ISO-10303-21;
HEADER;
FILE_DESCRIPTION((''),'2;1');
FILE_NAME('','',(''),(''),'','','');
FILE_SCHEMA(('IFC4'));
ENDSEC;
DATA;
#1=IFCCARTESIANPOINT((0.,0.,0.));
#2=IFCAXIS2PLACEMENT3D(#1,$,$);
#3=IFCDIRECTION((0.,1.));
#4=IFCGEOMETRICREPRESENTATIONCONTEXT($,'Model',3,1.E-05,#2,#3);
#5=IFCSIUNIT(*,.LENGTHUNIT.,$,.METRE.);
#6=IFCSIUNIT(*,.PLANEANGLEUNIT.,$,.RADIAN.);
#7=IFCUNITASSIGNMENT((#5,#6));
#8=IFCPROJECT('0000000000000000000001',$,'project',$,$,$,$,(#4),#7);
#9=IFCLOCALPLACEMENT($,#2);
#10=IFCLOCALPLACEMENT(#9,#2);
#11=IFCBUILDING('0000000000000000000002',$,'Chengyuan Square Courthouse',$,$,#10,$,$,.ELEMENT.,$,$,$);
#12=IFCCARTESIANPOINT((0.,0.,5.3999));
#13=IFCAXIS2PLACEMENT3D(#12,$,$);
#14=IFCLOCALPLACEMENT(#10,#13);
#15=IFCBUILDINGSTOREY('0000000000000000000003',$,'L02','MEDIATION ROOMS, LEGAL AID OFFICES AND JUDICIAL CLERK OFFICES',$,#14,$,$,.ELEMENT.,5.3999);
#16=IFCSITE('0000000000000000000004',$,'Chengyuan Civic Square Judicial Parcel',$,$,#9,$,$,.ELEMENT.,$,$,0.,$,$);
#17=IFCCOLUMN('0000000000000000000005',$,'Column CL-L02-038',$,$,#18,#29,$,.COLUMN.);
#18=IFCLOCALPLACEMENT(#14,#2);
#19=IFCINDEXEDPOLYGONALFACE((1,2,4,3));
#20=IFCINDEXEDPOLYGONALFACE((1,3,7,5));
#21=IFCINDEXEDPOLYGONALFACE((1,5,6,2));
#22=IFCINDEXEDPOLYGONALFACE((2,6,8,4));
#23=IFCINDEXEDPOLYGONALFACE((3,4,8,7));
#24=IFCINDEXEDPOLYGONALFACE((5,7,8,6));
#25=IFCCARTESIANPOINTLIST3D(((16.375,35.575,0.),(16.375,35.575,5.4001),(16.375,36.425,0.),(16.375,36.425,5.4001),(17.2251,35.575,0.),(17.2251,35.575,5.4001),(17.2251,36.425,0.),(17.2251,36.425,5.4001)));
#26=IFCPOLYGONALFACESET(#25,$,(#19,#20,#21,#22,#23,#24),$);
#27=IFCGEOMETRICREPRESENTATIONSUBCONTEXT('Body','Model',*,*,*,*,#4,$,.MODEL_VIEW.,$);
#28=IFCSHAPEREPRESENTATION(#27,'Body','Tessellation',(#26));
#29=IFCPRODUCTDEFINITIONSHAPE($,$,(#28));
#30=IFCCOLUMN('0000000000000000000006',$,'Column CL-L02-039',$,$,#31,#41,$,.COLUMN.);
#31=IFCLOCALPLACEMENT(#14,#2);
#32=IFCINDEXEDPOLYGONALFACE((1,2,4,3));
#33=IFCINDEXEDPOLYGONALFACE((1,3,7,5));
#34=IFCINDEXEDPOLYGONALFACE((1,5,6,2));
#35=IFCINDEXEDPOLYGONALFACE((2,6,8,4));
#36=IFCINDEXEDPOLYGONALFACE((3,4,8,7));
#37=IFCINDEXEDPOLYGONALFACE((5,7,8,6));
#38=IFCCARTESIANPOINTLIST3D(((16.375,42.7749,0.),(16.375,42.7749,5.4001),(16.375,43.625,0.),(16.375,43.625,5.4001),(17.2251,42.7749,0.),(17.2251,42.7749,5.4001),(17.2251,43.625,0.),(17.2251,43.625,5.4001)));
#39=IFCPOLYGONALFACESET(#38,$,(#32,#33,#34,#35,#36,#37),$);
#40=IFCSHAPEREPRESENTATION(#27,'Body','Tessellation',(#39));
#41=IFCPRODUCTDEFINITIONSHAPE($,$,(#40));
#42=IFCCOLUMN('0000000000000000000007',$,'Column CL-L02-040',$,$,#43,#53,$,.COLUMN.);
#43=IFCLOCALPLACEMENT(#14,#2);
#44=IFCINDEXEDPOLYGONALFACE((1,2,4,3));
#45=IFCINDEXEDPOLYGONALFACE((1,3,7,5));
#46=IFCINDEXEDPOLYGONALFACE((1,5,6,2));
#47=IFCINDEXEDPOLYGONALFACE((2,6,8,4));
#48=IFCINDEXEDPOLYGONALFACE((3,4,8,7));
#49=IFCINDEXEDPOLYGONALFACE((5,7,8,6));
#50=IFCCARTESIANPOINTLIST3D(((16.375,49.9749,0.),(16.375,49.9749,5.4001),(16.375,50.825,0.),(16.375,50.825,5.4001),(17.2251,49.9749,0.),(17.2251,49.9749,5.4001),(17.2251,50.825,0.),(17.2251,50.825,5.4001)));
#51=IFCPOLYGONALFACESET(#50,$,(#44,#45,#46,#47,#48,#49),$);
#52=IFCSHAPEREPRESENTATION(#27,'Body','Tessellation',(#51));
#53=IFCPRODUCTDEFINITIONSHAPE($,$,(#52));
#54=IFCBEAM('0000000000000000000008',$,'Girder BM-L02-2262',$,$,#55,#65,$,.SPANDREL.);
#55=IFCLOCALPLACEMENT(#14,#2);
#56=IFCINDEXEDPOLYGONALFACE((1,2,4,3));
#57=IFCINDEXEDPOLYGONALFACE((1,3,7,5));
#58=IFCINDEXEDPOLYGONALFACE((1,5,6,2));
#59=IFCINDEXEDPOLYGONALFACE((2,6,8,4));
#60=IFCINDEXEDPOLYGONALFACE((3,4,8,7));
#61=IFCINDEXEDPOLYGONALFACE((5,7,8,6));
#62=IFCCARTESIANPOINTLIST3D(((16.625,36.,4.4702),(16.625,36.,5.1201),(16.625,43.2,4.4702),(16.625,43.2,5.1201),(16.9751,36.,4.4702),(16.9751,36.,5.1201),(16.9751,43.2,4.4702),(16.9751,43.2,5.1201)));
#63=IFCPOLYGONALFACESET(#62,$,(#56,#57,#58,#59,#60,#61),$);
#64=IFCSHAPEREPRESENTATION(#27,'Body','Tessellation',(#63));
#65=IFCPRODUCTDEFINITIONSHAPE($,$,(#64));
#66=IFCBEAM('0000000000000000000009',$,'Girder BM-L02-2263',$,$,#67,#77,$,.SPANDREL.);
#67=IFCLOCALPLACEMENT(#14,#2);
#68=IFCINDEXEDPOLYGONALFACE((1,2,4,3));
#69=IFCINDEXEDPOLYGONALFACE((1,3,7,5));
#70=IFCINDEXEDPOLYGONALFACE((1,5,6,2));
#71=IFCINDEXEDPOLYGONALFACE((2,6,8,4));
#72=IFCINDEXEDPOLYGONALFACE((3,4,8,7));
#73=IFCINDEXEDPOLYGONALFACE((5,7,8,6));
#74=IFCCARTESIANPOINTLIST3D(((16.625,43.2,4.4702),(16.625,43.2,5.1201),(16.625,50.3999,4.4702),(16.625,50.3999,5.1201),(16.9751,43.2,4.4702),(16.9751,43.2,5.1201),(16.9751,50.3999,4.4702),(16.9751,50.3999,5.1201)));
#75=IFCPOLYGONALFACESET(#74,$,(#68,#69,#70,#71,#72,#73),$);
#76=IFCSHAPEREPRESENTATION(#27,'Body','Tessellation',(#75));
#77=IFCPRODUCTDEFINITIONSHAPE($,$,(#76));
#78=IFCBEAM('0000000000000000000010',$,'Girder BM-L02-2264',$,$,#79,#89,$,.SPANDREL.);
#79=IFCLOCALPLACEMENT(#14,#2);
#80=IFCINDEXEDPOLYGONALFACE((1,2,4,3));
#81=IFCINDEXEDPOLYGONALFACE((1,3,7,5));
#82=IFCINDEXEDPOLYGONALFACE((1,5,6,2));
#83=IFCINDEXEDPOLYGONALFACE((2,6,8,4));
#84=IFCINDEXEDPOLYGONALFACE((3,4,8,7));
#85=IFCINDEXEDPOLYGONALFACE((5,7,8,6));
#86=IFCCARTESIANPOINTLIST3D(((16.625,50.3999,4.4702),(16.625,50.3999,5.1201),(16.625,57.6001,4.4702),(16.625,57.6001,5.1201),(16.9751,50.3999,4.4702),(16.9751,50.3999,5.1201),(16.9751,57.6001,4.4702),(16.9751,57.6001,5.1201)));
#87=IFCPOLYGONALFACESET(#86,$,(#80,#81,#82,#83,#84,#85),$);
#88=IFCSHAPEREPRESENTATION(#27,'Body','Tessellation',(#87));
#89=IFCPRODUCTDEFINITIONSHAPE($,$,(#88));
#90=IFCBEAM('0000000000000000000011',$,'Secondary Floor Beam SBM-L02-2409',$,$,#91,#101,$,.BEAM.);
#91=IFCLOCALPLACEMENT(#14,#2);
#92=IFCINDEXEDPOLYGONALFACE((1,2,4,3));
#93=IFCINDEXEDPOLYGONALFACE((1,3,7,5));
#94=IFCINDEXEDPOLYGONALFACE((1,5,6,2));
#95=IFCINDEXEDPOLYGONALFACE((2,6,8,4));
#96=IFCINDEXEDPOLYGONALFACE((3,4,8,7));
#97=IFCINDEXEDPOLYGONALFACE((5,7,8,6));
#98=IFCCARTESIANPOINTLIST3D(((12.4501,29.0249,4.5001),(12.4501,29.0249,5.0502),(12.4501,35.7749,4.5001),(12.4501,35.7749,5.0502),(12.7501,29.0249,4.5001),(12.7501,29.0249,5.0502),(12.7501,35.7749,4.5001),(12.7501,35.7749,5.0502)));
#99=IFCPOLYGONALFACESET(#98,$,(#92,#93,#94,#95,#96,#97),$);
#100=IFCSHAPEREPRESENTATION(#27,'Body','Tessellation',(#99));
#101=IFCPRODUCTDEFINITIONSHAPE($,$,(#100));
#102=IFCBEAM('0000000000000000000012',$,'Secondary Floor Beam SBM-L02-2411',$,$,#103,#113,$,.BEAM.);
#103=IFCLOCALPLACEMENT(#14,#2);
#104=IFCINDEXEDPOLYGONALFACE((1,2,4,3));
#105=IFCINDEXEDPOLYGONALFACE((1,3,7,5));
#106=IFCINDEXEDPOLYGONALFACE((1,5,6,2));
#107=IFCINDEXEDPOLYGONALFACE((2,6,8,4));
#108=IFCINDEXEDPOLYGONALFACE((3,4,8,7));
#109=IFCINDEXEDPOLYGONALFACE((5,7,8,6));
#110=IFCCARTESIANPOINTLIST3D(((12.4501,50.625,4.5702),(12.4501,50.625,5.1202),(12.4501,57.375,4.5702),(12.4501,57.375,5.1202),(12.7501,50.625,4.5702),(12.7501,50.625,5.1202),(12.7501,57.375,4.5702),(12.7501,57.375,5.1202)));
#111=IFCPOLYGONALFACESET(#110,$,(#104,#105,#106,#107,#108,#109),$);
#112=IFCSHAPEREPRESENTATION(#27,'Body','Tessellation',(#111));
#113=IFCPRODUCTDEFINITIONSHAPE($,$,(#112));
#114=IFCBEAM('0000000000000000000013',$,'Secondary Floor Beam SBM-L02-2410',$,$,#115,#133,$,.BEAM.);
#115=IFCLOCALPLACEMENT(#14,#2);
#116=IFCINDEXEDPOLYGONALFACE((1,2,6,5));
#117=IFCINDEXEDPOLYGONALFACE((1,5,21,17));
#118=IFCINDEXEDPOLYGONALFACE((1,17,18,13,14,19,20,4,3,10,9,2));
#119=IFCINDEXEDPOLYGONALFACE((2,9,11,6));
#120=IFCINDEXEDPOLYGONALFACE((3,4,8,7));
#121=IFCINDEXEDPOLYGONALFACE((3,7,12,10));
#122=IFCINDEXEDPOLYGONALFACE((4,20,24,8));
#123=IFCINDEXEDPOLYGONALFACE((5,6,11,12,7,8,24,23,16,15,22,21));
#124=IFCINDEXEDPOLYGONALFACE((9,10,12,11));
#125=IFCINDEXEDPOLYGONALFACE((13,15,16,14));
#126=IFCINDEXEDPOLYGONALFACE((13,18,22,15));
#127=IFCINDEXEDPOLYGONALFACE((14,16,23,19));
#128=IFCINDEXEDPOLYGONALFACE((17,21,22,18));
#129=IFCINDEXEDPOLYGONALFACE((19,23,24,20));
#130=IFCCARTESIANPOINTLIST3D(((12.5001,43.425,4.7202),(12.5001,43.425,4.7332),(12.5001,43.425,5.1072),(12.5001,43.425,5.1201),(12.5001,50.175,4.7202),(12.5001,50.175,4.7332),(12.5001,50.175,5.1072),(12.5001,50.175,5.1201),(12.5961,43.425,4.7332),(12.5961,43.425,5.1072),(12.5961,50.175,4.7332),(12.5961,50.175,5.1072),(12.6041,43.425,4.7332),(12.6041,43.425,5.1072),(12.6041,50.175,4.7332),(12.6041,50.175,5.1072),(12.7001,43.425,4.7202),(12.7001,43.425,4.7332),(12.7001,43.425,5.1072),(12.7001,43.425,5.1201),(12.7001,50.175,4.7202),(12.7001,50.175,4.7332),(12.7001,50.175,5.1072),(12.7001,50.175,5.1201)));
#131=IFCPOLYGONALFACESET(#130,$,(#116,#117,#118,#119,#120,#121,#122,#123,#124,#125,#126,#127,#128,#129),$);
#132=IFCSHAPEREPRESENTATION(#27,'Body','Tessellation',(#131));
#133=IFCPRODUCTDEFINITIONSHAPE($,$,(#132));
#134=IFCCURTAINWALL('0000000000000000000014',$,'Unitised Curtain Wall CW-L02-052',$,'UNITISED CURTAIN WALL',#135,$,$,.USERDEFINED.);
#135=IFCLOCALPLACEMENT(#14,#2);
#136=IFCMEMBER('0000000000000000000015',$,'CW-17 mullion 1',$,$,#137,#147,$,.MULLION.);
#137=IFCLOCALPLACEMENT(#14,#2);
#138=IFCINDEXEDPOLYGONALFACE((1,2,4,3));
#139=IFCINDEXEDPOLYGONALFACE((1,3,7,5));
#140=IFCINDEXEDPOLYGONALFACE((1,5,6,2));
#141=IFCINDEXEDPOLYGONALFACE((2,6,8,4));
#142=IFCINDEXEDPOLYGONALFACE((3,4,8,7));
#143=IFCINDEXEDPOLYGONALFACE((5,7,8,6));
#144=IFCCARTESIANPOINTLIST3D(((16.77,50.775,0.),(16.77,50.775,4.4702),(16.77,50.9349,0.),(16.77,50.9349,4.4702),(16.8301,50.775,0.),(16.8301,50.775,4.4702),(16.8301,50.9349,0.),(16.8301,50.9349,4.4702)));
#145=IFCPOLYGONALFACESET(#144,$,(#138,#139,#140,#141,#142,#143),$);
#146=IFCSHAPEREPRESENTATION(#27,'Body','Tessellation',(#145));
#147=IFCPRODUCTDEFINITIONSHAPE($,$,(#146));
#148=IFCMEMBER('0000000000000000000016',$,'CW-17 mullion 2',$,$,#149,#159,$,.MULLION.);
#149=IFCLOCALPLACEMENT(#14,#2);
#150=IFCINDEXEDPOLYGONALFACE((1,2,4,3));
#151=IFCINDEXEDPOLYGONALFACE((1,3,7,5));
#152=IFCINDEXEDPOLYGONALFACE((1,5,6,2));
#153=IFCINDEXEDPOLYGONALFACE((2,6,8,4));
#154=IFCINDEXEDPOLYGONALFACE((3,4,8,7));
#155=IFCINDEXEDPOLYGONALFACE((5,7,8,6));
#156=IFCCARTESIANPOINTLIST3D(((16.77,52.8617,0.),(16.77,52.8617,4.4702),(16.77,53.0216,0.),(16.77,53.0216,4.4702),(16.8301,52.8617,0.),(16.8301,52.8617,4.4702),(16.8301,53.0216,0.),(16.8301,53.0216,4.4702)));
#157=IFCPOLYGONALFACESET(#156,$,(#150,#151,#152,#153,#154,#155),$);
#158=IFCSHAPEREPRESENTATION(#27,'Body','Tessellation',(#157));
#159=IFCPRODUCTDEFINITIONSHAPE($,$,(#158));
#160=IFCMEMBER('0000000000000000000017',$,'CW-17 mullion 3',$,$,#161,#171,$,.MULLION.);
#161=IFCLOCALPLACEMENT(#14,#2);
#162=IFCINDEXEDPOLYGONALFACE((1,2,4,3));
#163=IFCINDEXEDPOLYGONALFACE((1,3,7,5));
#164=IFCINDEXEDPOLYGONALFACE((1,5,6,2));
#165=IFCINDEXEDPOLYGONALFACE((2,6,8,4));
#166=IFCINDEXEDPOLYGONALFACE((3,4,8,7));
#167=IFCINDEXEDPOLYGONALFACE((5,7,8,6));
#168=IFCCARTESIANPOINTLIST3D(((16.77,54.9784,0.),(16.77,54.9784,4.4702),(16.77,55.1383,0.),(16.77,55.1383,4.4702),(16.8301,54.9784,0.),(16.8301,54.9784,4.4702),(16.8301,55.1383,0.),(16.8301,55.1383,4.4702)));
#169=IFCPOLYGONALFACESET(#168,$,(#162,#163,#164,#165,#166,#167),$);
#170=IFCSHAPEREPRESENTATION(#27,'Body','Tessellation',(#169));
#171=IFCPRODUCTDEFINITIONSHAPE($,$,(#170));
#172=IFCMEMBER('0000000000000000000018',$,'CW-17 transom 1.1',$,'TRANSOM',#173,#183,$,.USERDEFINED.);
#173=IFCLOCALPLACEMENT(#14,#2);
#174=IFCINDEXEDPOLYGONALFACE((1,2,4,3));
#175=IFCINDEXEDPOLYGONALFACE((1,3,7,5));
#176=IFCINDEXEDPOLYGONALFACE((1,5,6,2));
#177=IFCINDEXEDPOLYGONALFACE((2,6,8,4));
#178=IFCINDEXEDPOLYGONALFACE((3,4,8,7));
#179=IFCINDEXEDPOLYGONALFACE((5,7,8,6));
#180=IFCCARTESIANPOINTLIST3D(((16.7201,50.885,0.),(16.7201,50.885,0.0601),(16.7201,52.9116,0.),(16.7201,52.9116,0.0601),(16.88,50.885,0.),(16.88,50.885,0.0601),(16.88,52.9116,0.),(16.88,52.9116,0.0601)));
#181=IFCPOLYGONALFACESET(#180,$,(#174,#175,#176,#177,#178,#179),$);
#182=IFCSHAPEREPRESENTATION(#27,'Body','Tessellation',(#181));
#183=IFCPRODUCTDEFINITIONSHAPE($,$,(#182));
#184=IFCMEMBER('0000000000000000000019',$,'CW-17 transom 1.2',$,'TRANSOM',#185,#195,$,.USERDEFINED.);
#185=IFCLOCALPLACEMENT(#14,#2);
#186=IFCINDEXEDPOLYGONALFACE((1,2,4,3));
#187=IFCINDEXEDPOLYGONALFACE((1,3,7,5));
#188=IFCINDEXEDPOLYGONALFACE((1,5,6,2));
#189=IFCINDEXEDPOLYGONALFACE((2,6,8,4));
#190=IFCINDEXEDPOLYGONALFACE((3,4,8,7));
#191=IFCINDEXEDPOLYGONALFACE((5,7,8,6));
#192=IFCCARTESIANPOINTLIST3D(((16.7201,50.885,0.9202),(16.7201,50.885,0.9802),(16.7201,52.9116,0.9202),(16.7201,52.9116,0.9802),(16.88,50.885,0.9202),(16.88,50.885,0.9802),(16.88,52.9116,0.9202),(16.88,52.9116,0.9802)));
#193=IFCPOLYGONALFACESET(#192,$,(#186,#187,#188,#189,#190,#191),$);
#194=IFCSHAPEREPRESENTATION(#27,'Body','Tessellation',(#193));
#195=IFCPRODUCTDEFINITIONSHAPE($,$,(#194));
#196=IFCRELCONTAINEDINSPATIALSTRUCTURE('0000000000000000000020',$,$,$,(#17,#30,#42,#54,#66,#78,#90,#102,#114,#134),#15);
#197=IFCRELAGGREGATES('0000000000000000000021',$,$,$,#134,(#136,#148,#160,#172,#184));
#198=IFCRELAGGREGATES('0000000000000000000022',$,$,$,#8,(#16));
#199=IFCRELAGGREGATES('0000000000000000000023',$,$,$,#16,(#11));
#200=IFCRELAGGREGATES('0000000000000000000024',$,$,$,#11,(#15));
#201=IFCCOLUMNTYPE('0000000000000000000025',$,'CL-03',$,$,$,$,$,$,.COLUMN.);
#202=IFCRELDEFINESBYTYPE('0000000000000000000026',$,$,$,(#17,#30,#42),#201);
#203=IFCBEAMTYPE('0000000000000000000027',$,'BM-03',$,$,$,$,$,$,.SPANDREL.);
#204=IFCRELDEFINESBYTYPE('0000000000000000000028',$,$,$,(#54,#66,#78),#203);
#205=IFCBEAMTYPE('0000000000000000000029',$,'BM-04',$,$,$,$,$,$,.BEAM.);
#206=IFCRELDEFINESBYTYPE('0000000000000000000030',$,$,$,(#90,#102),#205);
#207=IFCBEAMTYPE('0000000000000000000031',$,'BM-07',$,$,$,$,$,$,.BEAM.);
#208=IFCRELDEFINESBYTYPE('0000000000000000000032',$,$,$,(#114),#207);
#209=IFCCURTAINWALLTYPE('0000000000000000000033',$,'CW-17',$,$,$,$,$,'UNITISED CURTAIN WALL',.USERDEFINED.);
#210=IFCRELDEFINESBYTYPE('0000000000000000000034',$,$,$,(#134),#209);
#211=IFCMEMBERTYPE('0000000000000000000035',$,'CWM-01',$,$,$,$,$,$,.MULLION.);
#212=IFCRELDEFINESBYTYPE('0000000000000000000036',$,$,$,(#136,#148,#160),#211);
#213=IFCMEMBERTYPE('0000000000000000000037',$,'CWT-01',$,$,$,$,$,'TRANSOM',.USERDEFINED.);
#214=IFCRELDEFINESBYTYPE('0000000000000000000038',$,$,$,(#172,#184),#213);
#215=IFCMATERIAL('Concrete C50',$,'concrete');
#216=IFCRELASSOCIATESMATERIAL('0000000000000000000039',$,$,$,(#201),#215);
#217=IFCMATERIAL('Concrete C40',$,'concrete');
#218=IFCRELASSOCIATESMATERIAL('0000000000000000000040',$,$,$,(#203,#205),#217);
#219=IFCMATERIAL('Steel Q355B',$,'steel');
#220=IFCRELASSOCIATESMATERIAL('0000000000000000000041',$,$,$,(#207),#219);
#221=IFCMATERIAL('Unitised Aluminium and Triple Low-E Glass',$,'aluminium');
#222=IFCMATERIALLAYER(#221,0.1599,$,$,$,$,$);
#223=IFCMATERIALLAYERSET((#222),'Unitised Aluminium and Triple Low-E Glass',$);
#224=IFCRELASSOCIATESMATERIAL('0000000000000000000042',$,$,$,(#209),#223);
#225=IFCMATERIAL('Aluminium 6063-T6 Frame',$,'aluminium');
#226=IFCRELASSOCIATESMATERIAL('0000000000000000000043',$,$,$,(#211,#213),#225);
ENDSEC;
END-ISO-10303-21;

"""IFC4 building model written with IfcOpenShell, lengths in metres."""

from ifc_helpers import new_model, si_unit, direction, frame, origin, origin_2d, place, context, subcontext, project, spatial, rectangle, i_section, extrude, material, layer, layer_set, material_profile, profile_set, type_object, element, aggregate, save


model = new_model("IFC4")

# Units and contexts
model_context = context("Model", 3, precision=1e-05, world=origin(), true_north=direction((0.0, 1.0)))
body_context = subcontext(model_context, "Body", "Model", "MODEL_VIEW")
ifc_project = project(units=[si_unit("LENGTHUNIT", "METRE"), si_unit("PLANEANGLEUNIT", "RADIAN")], contexts=[model_context])

# Site, building, storey
site_placement = place(None, origin())
site = spatial("IfcSite", under=ifc_project, at=site_placement, Name="Chengyuan Civic Square Judicial Parcel", CompositionType="ELEMENT", RefElevation=0.0)
building_placement = place(site_placement, origin())
building = spatial("IfcBuilding", under=site, at=building_placement, Name="Chengyuan Square Courthouse", CompositionType="ELEMENT")
storey_placement = place(building_placement, frame((0.0, 0.0, 5.3999)))
storey = spatial("IfcBuildingStorey", under=building, at=storey_placement, Name="L02", Description="MEDIATION ROOMS, LEGAL AID OFFICES AND JUDICIAL CLERK OFFICES", CompositionType="ELEMENT", Elevation=5.3999)

# Columns
ifc_material_1 = material(Name="Concrete C50", Category="concrete")
ifc_material_profile_1 = material_profile(ifc_material_1, rectangle(XDim=0.8501, YDim=0.8501, at=origin_2d()), Name="RC-COL-850x850")
ifc_profile_set_1 = profile_set([ifc_material_profile_1], Name="Concrete C50")
column_type = type_object("IfcColumnType", Name="CL-03", PredefinedType="COLUMN", material=ifc_profile_set_1)
for number, where, z_axis, x_axis, name in (
    (1, (16.8, 36.0, 0.0), (0.0, 0.0, 1.0), (1.0, 0.0, 0.0), "Column CL-L02-038"),
    (2, (16.8, 43.2, 0.0), (0.0, 0.0, 1.0), (1.0, 0.0, 0.0), "Column CL-L02-039"),
    (3, (16.8, 50.3999, 0.0), (0.0, 0.0, 1.0), (1.0, 0.0, 0.0), "Column CL-L02-040"),
):
    element("IfcColumn", number, at=place(storey_placement, frame(where, z_axis=z_axis, x_axis=x_axis)), inside=storey, type_object=column_type, Name=name, PredefinedType="COLUMN", context=body_context, shape_type="SweptSolid", body=[
        extrude(rectangle(XDim=0.8501, YDim=0.8501, at=origin_2d()), origin(), (0.0, 0.0, 1.0), 5.4001),
    ])

# Beams
ifc_material_2 = material(Name="Concrete C40", Category="concrete")
ifc_material_profile_2 = material_profile(ifc_material_2, rectangle(XDim=0.3501, YDim=0.6499, at=origin_2d()), Name="RC-BM-350x650")
ifc_profile_set_2 = profile_set([ifc_material_profile_2], Name="Concrete C40")
beam_type_1 = type_object("IfcBeamType", Name="BM-03", PredefinedType="SPANDREL", material=ifc_profile_set_2)
for number, where, z_axis, x_axis, name in (
    (4, (16.8, 36.0, 4.7952), (0.0, 1.0, 0.0), (-1.0, 0.0, 0.0), "Girder BM-L02-2262"),
    (5, (16.8, 43.2, 4.7952), (0.0, 1.0, 0.0), (-1.0, 0.0, 0.0), "Girder BM-L02-2263"),
):
    element("IfcBeam", number, at=place(storey_placement, frame(where, z_axis=z_axis, x_axis=x_axis)), inside=storey, type_object=beam_type_1, Name=name, PredefinedType="SPANDREL", context=body_context, shape_type="SweptSolid", body=[
        extrude(rectangle(XDim=0.3501, YDim=0.6499, at=origin_2d()), origin(), (0.0, 0.0, 1.0), 7.2),
    ])
beam_1_placement = place(storey_placement, frame((16.8, 50.3999, 4.7952), z_axis=(0.0, 1.0, 0.0), x_axis=(-1.0, 0.0, 0.0)))
element("IfcBeam", 6, at=beam_1_placement, inside=storey, type_object=beam_type_1, Name="Girder BM-L02-2264", PredefinedType="SPANDREL", context=body_context, shape_type="SweptSolid", body=[
    extrude(rectangle(XDim=0.3501, YDim=0.6499, at=origin_2d()), origin(), (0.0, 0.0, 1.0), 7.2002),
])
ifc_material_profile_3 = material_profile(ifc_material_2, rectangle(XDim=0.3, YDim=0.55, at=origin_2d()), Name="RC-BM-300x550")
ifc_profile_set_3 = profile_set([ifc_material_profile_3], Name="Concrete C40")
beam_type_2 = type_object("IfcBeamType", Name="BM-04", PredefinedType="BEAM", material=ifc_profile_set_3)
for number, where, z_axis, x_axis, name in (
    (7, (12.6001, 29.0249, 4.7751), (0.0, 1.0, 0.0), (-1.0, 0.0, 0.0), "Secondary Floor Beam SBM-L02-2409"),
    (8, (12.6001, 50.625, 4.8452), (0.0, 1.0, 0.0), (-1.0, 0.0, 0.0), "Secondary Floor Beam SBM-L02-2411"),
):
    element("IfcBeam", number, at=place(storey_placement, frame(where, z_axis=z_axis, x_axis=x_axis)), inside=storey, type_object=beam_type_2, Name=name, PredefinedType="BEAM", context=body_context, shape_type="SweptSolid", body=[
        extrude(rectangle(XDim=0.3, YDim=0.55, at=origin_2d()), origin(), (0.0, 0.0, 1.0), 6.75),
    ])
ifc_material_3 = material(Name="Steel Q355B", Category="steel")
ifc_material_profile_4 = material_profile(ifc_material_3, i_section(OverallWidth=0.2, OverallDepth=0.3999, WebThickness=0.0081, FlangeThickness=0.0129, at=origin_2d()), Name="HN 400x200x8x13")
ifc_profile_set_4 = profile_set([ifc_material_profile_4], Name="Steel Q355B")
beam_type_3 = type_object("IfcBeamType", Name="BM-07", PredefinedType="BEAM", material=ifc_profile_set_4)
beam_2_placement = place(storey_placement, frame((12.6001, 43.425, 4.9202), z_axis=(0.0, 1.0, 0.0), x_axis=(-1.0, 0.0, 0.0)))
element("IfcBeam", 9, at=beam_2_placement, inside=storey, type_object=beam_type_3, Name="Secondary Floor Beam SBM-L02-2410", PredefinedType="BEAM", context=body_context, shape_type="SweptSolid", body=[
    extrude(i_section(OverallWidth=0.2, OverallDepth=0.3999, WebThickness=0.0081, FlangeThickness=0.0129, at=origin_2d()), origin(), (0.0, 0.0, 1.0), 6.75),
])

# Curtain wall, members
ifc_material_4 = material(Name="Unitised Aluminium and Triple Low-E Glass", Category="aluminium")
ifc_layer_1 = layer(ifc_material_4, 0.1599)
ifc_layer_set_1 = layer_set([ifc_layer_1], Name="Unitised Aluminium and Triple Low-E Glass")
curtain_wall_type = type_object("IfcCurtainWallType", Name="CW-17", ElementType="UNITISED CURTAIN WALL", PredefinedType="USERDEFINED", material=ifc_layer_set_1)
curtain_wall_placement = place(storey_placement, origin())
curtain_wall = element("IfcCurtainWall", 10, at=curtain_wall_placement, inside=storey, type_object=curtain_wall_type, Name="Unitised Curtain Wall CW-L02-052", ObjectType="UNITISED CURTAIN WALL", PredefinedType="USERDEFINED")
ifc_material_5 = material(Name="Aluminium 6063-T6 Frame", Category="aluminium")
ifc_material_profile_5 = material_profile(ifc_material_5, rectangle(XDim=0.0601, YDim=0.1599, at=origin_2d()), Name="CW-MUL-60x160")
ifc_profile_set_5 = profile_set([ifc_material_profile_5], Name="Aluminium 6063-T6 Frame")
member_type_1 = type_object("IfcMemberType", Name="CWM-01", PredefinedType="MULLION", material=ifc_profile_set_5)
member_1_placement = place(storey_placement, frame((16.8, 50.855, 0.0), z_axis=(0.0, 0.0, 1.0), x_axis=(-1.0, 0.0, 0.0)))
member_1 = element("IfcMember", 11, at=member_1_placement, type_object=member_type_1, Name="CW-17 mullion 1", PredefinedType="MULLION", context=body_context, shape_type="SweptSolid", body=[
    extrude(rectangle(XDim=0.0601, YDim=0.1599, at=origin_2d()), origin(), (0.0, 0.0, 1.0), 4.4702),
])
member_2_placement = place(storey_placement, frame((16.8, 52.9417, 0.0), z_axis=(0.0, 0.0, 1.0), x_axis=(-1.0, 0.0, 0.0)))
member_2 = element("IfcMember", 12, at=member_2_placement, type_object=member_type_1, Name="CW-17 mullion 2", PredefinedType="MULLION", context=body_context, shape_type="SweptSolid", body=[
    extrude(rectangle(XDim=0.0601, YDim=0.1599, at=origin_2d()), origin(), (0.0, 0.0, 1.0), 4.4702),
])
member_3_placement = place(storey_placement, frame((16.8, 55.0583, 0.0), z_axis=(0.0, 0.0, 1.0), x_axis=(-1.0, 0.0, 0.0)))
member_3 = element("IfcMember", 13, at=member_3_placement, type_object=member_type_1, Name="CW-17 mullion 3", PredefinedType="MULLION", context=body_context, shape_type="SweptSolid", body=[
    extrude(rectangle(XDim=0.0601, YDim=0.1599, at=origin_2d()), origin(), (0.0, 0.0, 1.0), 4.4702),
])
ifc_material_profile_6 = material_profile(ifc_material_5, rectangle(XDim=0.1599, YDim=0.0601, at=origin_2d()), Name="CW-TRN-60x120")
ifc_profile_set_6 = profile_set([ifc_material_profile_6], Name="Aluminium 6063-T6 Frame")
member_type_2 = type_object("IfcMemberType", Name="CWT-01", ElementType="TRANSOM", PredefinedType="USERDEFINED", material=ifc_profile_set_6)
member_4_placement = place(storey_placement, frame((16.8, 50.885, 0.03), z_axis=(0.0, 1.0, 0.0), x_axis=(-1.0, 0.0, 0.0)))
member_4 = element("IfcMember", 14, at=member_4_placement, type_object=member_type_2, Name="CW-17 transom 1.1", ObjectType="TRANSOM", PredefinedType="USERDEFINED", context=body_context, shape_type="SweptSolid", body=[
    extrude(rectangle(XDim=0.1599, YDim=0.0601, at=origin_2d()), origin(), (0.0, 0.0, 1.0), 2.0266),
])
member_5_placement = place(storey_placement, frame((16.8, 50.885, 0.9502), z_axis=(0.0, 1.0, 0.0), x_axis=(-1.0, 0.0, 0.0)))
member_5 = element("IfcMember", 15, at=member_5_placement, type_object=member_type_2, Name="CW-17 transom 1.2", ObjectType="TRANSOM", PredefinedType="USERDEFINED", context=body_context, shape_type="SweptSolid", body=[
    extrude(rectangle(XDim=0.1599, YDim=0.0601, at=origin_2d()), origin(), (0.0, 0.0, 1.0), 2.0266),
])

aggregate(curtain_wall, [member_1, member_2, member_3, member_4, member_5])

save(model, "model.ifc")
